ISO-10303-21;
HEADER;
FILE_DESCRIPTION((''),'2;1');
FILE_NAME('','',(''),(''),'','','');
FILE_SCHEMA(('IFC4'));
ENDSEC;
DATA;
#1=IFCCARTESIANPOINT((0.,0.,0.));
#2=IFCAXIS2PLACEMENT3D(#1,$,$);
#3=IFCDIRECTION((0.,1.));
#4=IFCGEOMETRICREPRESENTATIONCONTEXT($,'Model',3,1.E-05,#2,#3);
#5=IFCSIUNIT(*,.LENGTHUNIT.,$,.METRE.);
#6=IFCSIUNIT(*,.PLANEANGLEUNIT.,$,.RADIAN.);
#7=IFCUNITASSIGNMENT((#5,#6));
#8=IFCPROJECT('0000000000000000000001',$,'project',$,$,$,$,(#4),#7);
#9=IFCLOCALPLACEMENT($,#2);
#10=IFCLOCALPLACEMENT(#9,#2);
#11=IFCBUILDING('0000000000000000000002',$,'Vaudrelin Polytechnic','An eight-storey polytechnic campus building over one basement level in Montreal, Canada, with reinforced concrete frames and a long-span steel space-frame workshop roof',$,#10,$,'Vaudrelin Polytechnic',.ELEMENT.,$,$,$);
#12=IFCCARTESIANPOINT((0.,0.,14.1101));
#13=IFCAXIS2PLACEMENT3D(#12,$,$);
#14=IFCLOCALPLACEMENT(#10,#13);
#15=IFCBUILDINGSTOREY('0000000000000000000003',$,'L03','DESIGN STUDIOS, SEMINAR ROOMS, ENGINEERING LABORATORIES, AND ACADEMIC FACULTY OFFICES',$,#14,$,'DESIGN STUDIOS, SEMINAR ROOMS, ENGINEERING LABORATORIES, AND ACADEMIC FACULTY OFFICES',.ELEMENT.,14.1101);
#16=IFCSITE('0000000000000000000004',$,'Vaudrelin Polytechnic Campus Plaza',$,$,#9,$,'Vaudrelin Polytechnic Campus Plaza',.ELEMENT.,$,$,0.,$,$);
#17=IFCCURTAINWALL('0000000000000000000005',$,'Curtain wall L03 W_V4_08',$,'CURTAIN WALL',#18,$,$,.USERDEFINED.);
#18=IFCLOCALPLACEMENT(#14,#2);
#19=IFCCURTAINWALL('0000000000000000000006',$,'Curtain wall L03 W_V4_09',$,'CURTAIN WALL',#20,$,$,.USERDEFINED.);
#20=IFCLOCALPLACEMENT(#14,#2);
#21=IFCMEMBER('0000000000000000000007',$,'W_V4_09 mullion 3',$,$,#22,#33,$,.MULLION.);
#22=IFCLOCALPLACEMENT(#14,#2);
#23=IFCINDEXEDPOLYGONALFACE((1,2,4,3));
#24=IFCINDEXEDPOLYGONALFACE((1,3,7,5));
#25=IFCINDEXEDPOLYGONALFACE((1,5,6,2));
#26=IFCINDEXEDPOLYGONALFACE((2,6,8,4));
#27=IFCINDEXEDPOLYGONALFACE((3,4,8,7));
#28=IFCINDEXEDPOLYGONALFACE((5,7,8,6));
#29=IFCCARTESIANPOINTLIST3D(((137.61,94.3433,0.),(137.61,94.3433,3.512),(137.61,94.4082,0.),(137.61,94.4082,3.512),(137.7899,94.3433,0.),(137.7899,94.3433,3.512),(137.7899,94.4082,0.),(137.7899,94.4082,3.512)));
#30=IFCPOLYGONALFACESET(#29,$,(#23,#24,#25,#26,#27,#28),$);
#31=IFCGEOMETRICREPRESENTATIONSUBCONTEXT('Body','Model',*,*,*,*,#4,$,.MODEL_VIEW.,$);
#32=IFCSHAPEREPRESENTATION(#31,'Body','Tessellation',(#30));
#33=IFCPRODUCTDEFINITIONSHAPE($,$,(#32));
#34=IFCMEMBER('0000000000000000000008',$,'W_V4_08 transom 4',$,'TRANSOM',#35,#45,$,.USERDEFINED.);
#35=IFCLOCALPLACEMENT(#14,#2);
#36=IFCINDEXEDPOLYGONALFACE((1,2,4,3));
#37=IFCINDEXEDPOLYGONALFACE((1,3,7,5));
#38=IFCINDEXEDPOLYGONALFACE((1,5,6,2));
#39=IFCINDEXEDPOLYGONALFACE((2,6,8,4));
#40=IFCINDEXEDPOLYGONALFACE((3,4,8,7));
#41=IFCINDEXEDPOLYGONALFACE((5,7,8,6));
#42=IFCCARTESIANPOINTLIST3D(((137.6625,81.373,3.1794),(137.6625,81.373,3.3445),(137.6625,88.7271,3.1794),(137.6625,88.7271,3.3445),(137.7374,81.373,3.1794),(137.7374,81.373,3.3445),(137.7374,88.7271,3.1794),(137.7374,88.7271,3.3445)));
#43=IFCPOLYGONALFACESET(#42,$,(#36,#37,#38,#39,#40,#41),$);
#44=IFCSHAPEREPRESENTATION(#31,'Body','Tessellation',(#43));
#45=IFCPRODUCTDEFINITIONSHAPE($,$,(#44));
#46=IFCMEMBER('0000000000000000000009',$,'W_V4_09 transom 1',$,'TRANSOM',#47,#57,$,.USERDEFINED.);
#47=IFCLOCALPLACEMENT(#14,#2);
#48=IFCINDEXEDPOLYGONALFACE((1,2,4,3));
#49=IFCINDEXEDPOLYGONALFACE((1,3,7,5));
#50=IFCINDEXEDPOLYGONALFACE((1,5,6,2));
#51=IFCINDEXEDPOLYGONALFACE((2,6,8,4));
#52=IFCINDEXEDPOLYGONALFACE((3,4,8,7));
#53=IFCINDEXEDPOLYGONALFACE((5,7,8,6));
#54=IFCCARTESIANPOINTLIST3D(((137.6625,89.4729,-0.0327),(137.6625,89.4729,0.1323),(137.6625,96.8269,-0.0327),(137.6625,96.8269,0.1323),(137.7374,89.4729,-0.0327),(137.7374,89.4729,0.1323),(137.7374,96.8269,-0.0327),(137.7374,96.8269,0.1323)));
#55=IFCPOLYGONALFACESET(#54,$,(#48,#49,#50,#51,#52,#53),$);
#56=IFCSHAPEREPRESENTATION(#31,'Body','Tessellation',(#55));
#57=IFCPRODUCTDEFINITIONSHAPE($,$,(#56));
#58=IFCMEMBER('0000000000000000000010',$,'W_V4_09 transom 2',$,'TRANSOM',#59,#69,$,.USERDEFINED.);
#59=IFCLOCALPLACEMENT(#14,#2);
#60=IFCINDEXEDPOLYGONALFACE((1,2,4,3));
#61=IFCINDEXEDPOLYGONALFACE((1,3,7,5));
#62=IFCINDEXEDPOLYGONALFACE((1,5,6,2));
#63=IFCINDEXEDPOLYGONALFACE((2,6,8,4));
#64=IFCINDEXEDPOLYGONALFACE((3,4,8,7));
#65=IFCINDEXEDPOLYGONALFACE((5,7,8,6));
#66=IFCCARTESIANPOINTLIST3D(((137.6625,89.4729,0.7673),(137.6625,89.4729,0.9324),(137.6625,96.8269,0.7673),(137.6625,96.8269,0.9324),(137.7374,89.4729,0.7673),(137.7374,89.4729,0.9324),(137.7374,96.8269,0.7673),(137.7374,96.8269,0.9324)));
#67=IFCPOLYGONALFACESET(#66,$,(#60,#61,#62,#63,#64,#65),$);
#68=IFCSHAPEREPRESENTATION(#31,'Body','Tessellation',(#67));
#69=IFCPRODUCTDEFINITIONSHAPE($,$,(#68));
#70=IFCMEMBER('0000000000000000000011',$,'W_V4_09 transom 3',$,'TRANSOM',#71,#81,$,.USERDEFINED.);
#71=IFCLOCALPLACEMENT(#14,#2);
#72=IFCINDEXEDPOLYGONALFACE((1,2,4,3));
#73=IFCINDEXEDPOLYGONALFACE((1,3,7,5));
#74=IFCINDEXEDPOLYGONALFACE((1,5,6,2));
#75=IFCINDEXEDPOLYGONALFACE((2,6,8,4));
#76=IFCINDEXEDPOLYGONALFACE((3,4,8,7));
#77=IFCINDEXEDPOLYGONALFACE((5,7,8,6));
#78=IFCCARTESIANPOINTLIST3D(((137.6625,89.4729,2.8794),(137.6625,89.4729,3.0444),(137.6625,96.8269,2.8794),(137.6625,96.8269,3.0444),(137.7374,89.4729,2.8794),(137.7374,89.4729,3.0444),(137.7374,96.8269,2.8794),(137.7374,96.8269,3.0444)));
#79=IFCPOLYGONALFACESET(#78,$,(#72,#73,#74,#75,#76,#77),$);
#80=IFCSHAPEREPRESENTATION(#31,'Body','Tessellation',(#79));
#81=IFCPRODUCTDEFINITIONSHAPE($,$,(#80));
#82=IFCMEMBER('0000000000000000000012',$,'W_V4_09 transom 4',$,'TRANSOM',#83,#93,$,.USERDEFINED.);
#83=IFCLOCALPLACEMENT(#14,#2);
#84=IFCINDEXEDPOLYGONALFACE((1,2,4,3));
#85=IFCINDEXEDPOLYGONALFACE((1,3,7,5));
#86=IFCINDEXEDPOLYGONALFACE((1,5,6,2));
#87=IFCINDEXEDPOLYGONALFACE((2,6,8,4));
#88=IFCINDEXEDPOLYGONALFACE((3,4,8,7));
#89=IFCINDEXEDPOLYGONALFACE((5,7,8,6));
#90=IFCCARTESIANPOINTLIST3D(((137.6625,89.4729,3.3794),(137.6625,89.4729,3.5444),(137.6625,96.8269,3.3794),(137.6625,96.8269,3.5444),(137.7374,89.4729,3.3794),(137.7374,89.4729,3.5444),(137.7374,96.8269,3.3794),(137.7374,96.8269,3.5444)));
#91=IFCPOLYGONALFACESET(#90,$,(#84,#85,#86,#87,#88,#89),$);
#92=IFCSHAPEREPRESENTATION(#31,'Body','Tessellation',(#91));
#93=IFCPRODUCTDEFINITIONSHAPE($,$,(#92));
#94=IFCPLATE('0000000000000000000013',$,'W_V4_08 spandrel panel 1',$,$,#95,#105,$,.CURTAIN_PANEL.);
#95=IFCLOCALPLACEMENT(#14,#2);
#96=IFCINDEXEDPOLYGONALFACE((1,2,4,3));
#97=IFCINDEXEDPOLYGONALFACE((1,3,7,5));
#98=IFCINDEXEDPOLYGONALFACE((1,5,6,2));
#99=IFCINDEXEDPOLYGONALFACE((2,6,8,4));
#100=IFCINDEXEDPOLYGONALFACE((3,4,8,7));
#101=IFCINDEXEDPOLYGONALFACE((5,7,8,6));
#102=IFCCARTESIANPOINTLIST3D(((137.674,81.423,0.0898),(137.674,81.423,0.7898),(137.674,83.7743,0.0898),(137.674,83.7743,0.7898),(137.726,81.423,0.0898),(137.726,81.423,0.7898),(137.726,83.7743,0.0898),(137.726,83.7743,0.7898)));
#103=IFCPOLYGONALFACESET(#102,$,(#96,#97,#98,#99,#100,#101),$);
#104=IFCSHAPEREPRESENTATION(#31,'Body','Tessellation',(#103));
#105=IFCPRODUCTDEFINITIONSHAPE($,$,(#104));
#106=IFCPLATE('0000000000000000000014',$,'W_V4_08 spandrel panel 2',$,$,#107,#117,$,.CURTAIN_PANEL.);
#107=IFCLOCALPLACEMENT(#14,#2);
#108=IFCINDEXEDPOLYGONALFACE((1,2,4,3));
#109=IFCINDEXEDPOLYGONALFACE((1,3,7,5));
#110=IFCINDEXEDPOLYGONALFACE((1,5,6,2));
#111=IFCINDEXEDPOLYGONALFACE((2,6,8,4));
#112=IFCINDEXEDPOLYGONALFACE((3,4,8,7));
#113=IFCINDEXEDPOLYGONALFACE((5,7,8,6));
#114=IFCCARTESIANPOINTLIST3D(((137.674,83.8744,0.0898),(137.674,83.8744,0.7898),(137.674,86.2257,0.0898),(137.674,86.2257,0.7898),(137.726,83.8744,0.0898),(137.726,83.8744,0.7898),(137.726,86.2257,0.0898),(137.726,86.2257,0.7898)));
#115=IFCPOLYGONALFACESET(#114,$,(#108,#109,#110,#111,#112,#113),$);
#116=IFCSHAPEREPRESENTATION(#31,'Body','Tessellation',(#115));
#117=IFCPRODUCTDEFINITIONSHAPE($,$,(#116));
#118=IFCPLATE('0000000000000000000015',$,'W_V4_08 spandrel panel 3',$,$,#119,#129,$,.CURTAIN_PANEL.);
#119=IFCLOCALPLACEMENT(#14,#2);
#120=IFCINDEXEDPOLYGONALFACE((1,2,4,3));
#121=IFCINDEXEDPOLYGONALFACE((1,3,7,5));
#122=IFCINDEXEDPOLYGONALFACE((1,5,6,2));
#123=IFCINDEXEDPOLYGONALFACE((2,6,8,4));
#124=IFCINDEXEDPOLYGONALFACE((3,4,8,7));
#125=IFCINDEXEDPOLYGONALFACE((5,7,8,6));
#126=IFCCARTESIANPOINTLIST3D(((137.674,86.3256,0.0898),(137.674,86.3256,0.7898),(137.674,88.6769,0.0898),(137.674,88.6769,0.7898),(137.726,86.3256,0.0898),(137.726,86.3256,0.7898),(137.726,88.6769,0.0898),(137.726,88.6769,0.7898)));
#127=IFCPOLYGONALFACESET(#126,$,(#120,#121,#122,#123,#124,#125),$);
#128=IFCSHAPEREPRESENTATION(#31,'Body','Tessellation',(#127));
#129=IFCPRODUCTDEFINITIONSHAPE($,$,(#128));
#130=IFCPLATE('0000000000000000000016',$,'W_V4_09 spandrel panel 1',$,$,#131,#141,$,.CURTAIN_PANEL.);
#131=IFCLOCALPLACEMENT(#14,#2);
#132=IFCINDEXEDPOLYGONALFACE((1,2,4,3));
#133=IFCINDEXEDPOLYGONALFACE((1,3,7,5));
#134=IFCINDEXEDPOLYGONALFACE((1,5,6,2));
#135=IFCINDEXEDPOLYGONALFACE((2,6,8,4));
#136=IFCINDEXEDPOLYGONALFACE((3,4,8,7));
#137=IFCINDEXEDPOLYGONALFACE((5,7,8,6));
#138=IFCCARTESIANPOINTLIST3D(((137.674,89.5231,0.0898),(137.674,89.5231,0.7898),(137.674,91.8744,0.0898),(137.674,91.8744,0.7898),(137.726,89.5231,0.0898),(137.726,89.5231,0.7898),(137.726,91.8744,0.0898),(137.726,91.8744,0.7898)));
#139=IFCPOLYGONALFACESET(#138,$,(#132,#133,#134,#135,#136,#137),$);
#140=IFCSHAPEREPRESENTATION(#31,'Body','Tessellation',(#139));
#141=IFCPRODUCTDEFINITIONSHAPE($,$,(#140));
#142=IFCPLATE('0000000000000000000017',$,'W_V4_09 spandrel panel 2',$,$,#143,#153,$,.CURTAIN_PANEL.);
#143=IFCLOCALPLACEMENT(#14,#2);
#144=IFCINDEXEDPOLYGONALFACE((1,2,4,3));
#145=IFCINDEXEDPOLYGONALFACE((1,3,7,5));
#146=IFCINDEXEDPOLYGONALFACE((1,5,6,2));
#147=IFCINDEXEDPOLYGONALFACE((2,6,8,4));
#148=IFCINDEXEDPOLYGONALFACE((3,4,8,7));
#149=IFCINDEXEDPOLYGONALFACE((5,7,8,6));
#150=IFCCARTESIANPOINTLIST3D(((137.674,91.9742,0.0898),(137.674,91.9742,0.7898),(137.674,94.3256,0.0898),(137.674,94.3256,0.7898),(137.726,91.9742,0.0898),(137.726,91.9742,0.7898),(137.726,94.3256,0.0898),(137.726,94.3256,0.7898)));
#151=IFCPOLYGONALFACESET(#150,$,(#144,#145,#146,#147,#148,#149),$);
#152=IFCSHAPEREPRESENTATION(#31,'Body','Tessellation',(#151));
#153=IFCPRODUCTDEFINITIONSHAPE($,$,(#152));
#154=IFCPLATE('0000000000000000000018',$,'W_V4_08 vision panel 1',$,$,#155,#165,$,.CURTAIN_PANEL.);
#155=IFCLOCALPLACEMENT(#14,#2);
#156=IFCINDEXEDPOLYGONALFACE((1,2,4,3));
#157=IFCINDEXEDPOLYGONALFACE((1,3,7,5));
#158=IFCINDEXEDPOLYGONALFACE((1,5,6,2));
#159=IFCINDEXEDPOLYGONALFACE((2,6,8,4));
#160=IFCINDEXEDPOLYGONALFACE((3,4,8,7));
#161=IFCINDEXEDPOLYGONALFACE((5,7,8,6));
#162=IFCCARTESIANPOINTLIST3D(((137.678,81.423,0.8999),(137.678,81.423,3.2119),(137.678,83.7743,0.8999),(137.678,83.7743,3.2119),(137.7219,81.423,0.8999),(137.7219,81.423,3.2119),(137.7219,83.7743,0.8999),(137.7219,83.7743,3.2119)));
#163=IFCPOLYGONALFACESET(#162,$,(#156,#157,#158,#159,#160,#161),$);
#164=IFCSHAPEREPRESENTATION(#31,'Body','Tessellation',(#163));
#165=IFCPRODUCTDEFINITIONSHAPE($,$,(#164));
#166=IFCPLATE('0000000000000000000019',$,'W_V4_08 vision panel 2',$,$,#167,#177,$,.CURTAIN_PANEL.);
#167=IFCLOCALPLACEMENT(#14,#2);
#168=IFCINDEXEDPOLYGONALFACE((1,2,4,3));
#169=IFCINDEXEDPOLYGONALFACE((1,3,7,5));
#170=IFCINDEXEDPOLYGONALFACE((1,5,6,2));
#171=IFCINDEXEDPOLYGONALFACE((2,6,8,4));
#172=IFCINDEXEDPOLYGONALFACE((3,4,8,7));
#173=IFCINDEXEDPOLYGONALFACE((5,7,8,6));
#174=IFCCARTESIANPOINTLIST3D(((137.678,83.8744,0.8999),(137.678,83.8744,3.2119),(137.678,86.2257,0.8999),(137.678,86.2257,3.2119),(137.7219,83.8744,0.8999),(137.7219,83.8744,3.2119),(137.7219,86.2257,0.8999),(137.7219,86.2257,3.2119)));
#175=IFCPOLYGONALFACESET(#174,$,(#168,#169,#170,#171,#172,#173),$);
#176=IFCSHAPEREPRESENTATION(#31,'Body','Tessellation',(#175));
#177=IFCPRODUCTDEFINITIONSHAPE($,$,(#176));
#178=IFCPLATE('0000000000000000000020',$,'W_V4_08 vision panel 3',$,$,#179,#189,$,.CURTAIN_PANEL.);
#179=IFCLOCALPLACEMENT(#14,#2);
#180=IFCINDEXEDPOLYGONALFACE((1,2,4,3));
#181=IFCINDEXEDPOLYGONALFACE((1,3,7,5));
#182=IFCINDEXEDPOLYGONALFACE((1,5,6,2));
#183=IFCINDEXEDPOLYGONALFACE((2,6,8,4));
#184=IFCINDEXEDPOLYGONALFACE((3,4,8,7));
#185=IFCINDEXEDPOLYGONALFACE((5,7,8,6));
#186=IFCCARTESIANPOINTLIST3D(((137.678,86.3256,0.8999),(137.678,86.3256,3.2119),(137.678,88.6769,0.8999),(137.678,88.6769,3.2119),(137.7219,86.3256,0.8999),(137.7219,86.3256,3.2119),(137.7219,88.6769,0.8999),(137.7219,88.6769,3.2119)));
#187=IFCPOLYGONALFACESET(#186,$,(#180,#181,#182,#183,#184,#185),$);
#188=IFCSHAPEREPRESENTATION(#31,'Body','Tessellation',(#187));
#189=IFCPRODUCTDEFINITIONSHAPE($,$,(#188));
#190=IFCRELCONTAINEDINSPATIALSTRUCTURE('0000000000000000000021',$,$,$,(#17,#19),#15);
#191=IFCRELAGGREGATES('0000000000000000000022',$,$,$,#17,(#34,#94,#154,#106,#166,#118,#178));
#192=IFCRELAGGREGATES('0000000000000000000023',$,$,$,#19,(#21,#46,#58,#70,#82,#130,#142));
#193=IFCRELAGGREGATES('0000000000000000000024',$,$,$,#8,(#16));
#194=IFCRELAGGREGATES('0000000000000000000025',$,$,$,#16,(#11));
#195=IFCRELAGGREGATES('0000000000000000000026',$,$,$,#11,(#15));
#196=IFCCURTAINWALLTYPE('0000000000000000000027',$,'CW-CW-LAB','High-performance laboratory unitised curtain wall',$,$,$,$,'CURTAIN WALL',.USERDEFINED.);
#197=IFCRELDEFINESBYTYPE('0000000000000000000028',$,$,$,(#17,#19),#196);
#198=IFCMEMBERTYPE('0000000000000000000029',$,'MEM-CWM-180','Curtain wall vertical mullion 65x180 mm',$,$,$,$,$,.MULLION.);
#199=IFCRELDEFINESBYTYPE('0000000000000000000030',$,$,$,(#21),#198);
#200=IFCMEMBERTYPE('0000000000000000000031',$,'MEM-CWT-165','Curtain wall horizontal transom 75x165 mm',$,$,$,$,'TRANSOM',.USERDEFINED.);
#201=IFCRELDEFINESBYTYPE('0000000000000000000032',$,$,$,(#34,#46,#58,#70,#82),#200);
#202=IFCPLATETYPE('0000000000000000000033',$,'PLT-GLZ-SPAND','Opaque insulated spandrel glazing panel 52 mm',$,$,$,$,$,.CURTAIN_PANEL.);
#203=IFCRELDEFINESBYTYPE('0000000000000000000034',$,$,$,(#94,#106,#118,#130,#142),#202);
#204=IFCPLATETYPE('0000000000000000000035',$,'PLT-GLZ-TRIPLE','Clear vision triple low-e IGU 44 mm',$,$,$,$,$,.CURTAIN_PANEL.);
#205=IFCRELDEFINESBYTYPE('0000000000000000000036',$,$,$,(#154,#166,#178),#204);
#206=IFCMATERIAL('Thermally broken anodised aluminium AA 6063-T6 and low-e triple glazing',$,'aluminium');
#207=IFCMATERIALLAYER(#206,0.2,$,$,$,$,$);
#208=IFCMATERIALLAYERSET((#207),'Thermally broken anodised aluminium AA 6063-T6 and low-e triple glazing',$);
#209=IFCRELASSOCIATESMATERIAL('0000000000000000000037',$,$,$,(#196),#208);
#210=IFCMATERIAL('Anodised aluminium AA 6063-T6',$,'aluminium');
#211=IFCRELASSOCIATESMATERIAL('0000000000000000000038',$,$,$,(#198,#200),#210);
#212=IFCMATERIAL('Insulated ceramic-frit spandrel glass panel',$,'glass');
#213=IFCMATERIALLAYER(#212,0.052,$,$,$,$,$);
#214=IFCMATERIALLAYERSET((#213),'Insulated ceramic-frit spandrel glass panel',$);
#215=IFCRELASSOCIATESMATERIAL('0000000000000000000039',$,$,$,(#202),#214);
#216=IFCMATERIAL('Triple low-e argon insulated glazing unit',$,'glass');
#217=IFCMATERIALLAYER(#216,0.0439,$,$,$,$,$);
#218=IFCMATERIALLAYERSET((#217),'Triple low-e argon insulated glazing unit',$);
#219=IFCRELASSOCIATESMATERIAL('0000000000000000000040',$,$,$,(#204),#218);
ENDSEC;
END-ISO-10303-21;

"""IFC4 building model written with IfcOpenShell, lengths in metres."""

from ifc_helpers import new_model, si_unit, direction, frame, origin, origin_2d, place, context, subcontext, project, spatial, rectangle, extrude, material, layer, layer_set, material_profile, profile_set, type_object, element, aggregate, save


model = new_model("IFC4")

# Units and contexts
model_context = context("Model", 3, precision=1e-05, world=origin(), true_north=direction((0.0, 1.0)))
body_context = subcontext(model_context, "Body", "Model", "MODEL_VIEW")
ifc_project = project(units=[si_unit("LENGTHUNIT", "METRE"), si_unit("PLANEANGLEUNIT", "RADIAN")], contexts=[model_context])

# Site, building, storey
site_placement = place(None, origin())
site = spatial("IfcSite", under=ifc_project, at=site_placement, Name="Vaudrelin Polytechnic Campus Plaza", LongName="Vaudrelin Polytechnic Campus Plaza", CompositionType="ELEMENT", RefElevation=0.0)
building_placement = place(site_placement, origin())
building = spatial("IfcBuilding", under=site, at=building_placement, Name="Vaudrelin Polytechnic", Description="An eight-storey polytechnic campus building over one basement level in Montreal, Canada, with reinforced concrete frames and a long-span steel space-frame workshop roof", LongName="Vaudrelin Polytechnic", CompositionType="ELEMENT")
storey_placement = place(building_placement, frame((0.0, 0.0, 14.1101)))
storey = spatial("IfcBuildingStorey", under=building, at=storey_placement, Name="L03", Description="DESIGN STUDIOS, SEMINAR ROOMS, ENGINEERING LABORATORIES, AND ACADEMIC FACULTY OFFICES", LongName="DESIGN STUDIOS, SEMINAR ROOMS, ENGINEERING LABORATORIES, AND ACADEMIC FACULTY OFFICES", CompositionType="ELEMENT", Elevation=14.1101)

# Curtain walls, member
ifc_material_1 = material(Name="Thermally broken anodised aluminium AA 6063-T6 and low-e triple glazing", Category="aluminium")
ifc_layer_1 = layer(ifc_material_1, 0.2)
ifc_layer_set_1 = layer_set([ifc_layer_1], Name="Thermally broken anodised aluminium AA 6063-T6 and low-e triple glazing")
curtain_wall_type = type_object("IfcCurtainWallType", Name="CW-CW-LAB", Description="High-performance laboratory unitised curtain wall", ElementType="CURTAIN WALL", PredefinedType="USERDEFINED", material=ifc_layer_set_1)
curtain_wall_1_placement = place(storey_placement, origin())
curtain_wall_1 = element("IfcCurtainWall", 1, at=curtain_wall_1_placement, inside=storey, type_object=curtain_wall_type, Name="Curtain wall L03 W_V4_08", ObjectType="CURTAIN WALL", PredefinedType="USERDEFINED")
ifc_material_2 = material(Name="Anodised aluminium AA 6063-T6", Category="aluminium")
ifc_material_profile_1 = material_profile(ifc_material_2, rectangle(XDim=0.0649, YDim=0.1799, at=origin_2d()), Name="CWM-65x180")
ifc_profile_set_1 = profile_set([ifc_material_profile_1], Name="Anodised aluminium AA 6063-T6")
member_type_1 = type_object("IfcMemberType", Name="MEM-CWM-180", Description="Curtain wall vertical mullion 65x180 mm", PredefinedType="MULLION", material=ifc_profile_set_1)
curtain_wall_2_placement = place(storey_placement, origin())
curtain_wall_2 = element("IfcCurtainWall", 2, at=curtain_wall_2_placement, inside=storey, type_object=curtain_wall_type, Name="Curtain wall L03 W_V4_09", ObjectType="CURTAIN WALL", PredefinedType="USERDEFINED")
member_1_placement = place(storey_placement, frame((137.7, 94.3757, 0.0), z_axis=(0.0, 0.0, 1.0), x_axis=(0.0, 1.0, 0.0)))
member_1 = element("IfcMember", 3, at=member_1_placement, type_object=member_type_1, Name="W_V4_09 mullion 3", PredefinedType="MULLION", context=body_context, shape_type="SweptSolid", body=[
    extrude(rectangle(XDim=0.0649, YDim=0.1799, at=origin_2d()), origin(), (0.0, 0.0, 1.0), 3.512),
])

# Members
ifc_material_profile_2 = material_profile(ifc_material_2, rectangle(XDim=0.075, YDim=0.165, at=origin_2d()), Name="CWT-75x165")
ifc_profile_set_2 = profile_set([ifc_material_profile_2], Name="Anodised aluminium AA 6063-T6")
member_type_2 = type_object("IfcMemberType", Name="MEM-CWT-165", Description="Curtain wall horizontal transom 75x165 mm", ElementType="TRANSOM", PredefinedType="USERDEFINED", material=ifc_profile_set_2)
member_2_placement = place(storey_placement, frame((137.7, 81.373, 3.262), z_axis=(0.0, 1.0, 0.0), x_axis=(-1.0, 0.0, 0.0)))
member_2 = element("IfcMember", 4, at=member_2_placement, type_object=member_type_2, Name="W_V4_08 transom 4", ObjectType="TRANSOM", PredefinedType="USERDEFINED", context=body_context, shape_type="SweptSolid", body=[
    extrude(rectangle(XDim=0.075, YDim=0.165, at=origin_2d()), origin(), (0.0, 0.0, 1.0), 7.354),
])
member_3_placement = place(storey_placement, frame((137.7, 89.4729, 0.0498), z_axis=(0.0, 1.0, 0.0), x_axis=(-1.0, 0.0, 0.0)))
member_3 = element("IfcMember", 5, at=member_3_placement, type_object=member_type_2, Name="W_V4_09 transom 1", ObjectType="TRANSOM", PredefinedType="USERDEFINED", context=body_context, shape_type="SweptSolid", body=[
    extrude(rectangle(XDim=0.075, YDim=0.165, at=origin_2d()), origin(), (0.0, 0.0, 1.0), 7.354),
])
member_4_placement = place(storey_placement, frame((137.7, 89.4729, 0.8499), z_axis=(0.0, 1.0, 0.0), x_axis=(-1.0, 0.0, 0.0)))
member_4 = element("IfcMember", 6, at=member_4_placement, type_object=member_type_2, Name="W_V4_09 transom 2", ObjectType="TRANSOM", PredefinedType="USERDEFINED", context=body_context, shape_type="SweptSolid", body=[
    extrude(rectangle(XDim=0.075, YDim=0.165, at=origin_2d()), origin(), (0.0, 0.0, 1.0), 7.354),
])
member_5_placement = place(storey_placement, frame((137.7, 89.4729, 2.9619), z_axis=(0.0, 1.0, 0.0), x_axis=(-1.0, 0.0, 0.0)))
member_5 = element("IfcMember", 7, at=member_5_placement, type_object=member_type_2, Name="W_V4_09 transom 3", ObjectType="TRANSOM", PredefinedType="USERDEFINED", context=body_context, shape_type="SweptSolid", body=[
    extrude(rectangle(XDim=0.075, YDim=0.165, at=origin_2d()), origin(), (0.0, 0.0, 1.0), 7.354),
])
member_6_placement = place(storey_placement, frame((137.7, 89.4729, 3.4619), z_axis=(0.0, 1.0, 0.0), x_axis=(-1.0, 0.0, 0.0)))
member_6 = element("IfcMember", 8, at=member_6_placement, type_object=member_type_2, Name="W_V4_09 transom 4", ObjectType="TRANSOM", PredefinedType="USERDEFINED", context=body_context, shape_type="SweptSolid", body=[
    extrude(rectangle(XDim=0.075, YDim=0.165, at=origin_2d()), origin(), (0.0, 0.0, 1.0), 7.354),
])

# Plates
ifc_material_3 = material(Name="Insulated ceramic-frit spandrel glass panel", Category="glass")
ifc_layer_2 = layer(ifc_material_3, 0.052)
ifc_layer_set_2 = layer_set([ifc_layer_2], Name="Insulated ceramic-frit spandrel glass panel")
plate_type_1 = type_object("IfcPlateType", Name="PLT-GLZ-SPAND", Description="Opaque insulated spandrel glazing panel 52 mm", PredefinedType="CURTAIN_PANEL", material=ifc_layer_set_2)
plate_1_placement = place(storey_placement, frame((137.7, 82.5986, 0.0898), z_axis=(0.0, 0.0, 1.0), x_axis=(0.0, 1.0, 0.0)))
plate_1 = element("IfcPlate", 9, at=plate_1_placement, type_object=plate_type_1, Name="W_V4_08 spandrel panel 1", PredefinedType="CURTAIN_PANEL", context=body_context, shape_type="SweptSolid", body=[
    extrude(rectangle(XDim=2.3513, YDim=0.052, at=origin_2d()), origin(), (0.0, 0.0, 1.0), 0.7),
])
plate_2_placement = place(storey_placement, frame((137.7, 85.05, 0.0898), z_axis=(0.0, 0.0, 1.0), x_axis=(0.0, 1.0, 0.0)))
plate_2 = element("IfcPlate", 10, at=plate_2_placement, type_object=plate_type_1, Name="W_V4_08 spandrel panel 2", PredefinedType="CURTAIN_PANEL", context=body_context, shape_type="SweptSolid", body=[
    extrude(rectangle(XDim=2.3513, YDim=0.052, at=origin_2d()), origin(), (0.0, 0.0, 1.0), 0.7),
])
plate_3_placement = place(storey_placement, frame((137.7, 87.5012, 0.0898), z_axis=(0.0, 0.0, 1.0), x_axis=(0.0, 1.0, 0.0)))
plate_3 = element("IfcPlate", 11, at=plate_3_placement, type_object=plate_type_1, Name="W_V4_08 spandrel panel 3", PredefinedType="CURTAIN_PANEL", context=body_context, shape_type="SweptSolid", body=[
    extrude(rectangle(XDim=2.3513, YDim=0.052, at=origin_2d()), origin(), (0.0, 0.0, 1.0), 0.7),
])
plate_4_placement = place(storey_placement, frame((137.7, 90.6987, 0.0898), z_axis=(0.0, 0.0, 1.0), x_axis=(0.0, 1.0, 0.0)))
plate_4 = element("IfcPlate", 12, at=plate_4_placement, type_object=plate_type_1, Name="W_V4_09 spandrel panel 1", PredefinedType="CURTAIN_PANEL", context=body_context, shape_type="SweptSolid", body=[
    extrude(rectangle(XDim=2.3513, YDim=0.052, at=origin_2d()), origin(), (0.0, 0.0, 1.0), 0.7),
])
plate_5_placement = place(storey_placement, frame((137.7, 93.1499, 0.0898), z_axis=(0.0, 0.0, 1.0), x_axis=(0.0, 1.0, 0.0)))
plate_5 = element("IfcPlate", 13, at=plate_5_placement, type_object=plate_type_1, Name="W_V4_09 spandrel panel 2", PredefinedType="CURTAIN_PANEL", context=body_context, shape_type="SweptSolid", body=[
    extrude(rectangle(XDim=2.3513, YDim=0.052, at=origin_2d()), origin(), (0.0, 0.0, 1.0), 0.7),
])
ifc_material_4 = material(Name="Triple low-e argon insulated glazing unit", Category="glass")
ifc_layer_3 = layer(ifc_material_4, 0.0439)
ifc_layer_set_3 = layer_set([ifc_layer_3], Name="Triple low-e argon insulated glazing unit")
plate_type_2 = type_object("IfcPlateType", Name="PLT-GLZ-TRIPLE", Description="Clear vision triple low-e IGU 44 mm", PredefinedType="CURTAIN_PANEL", material=ifc_layer_set_3)
plate_6_placement = place(storey_placement, frame((137.7, 82.5986, 0.8999), z_axis=(0.0, 0.0, 1.0), x_axis=(0.0, 1.0, 0.0)))
plate_6 = element("IfcPlate", 14, at=plate_6_placement, type_object=plate_type_2, Name="W_V4_08 vision panel 1", PredefinedType="CURTAIN_PANEL", context=body_context, shape_type="SweptSolid", body=[
    extrude(rectangle(XDim=2.3513, YDim=0.0439, at=origin_2d()), origin(), (0.0, 0.0, 1.0), 2.312),
])
plate_7_placement = place(storey_placement, frame((137.7, 85.05, 0.8999), z_axis=(0.0, 0.0, 1.0), x_axis=(0.0, 1.0, 0.0)))
plate_7 = element("IfcPlate", 15, at=plate_7_placement, type_object=plate_type_2, Name="W_V4_08 vision panel 2", PredefinedType="CURTAIN_PANEL", context=body_context, shape_type="SweptSolid", body=[
    extrude(rectangle(XDim=2.3513, YDim=0.0439, at=origin_2d()), origin(), (0.0, 0.0, 1.0), 2.312),
])
plate_8_placement = place(storey_placement, frame((137.7, 87.5012, 0.8999), z_axis=(0.0, 0.0, 1.0), x_axis=(0.0, 1.0, 0.0)))
plate_8 = element("IfcPlate", 16, at=plate_8_placement, type_object=plate_type_2, Name="W_V4_08 vision panel 3", PredefinedType="CURTAIN_PANEL", context=body_context, shape_type="SweptSolid", body=[
    extrude(rectangle(XDim=2.3513, YDim=0.0439, at=origin_2d()), origin(), (0.0, 0.0, 1.0), 2.312),
])
aggregate(curtain_wall_1, [member_2, plate_1, plate_6, plate_2, plate_7, plate_3, plate_8])
aggregate(curtain_wall_2, [member_1, member_3, member_4, member_5, member_6, plate_4, plate_5])

save(model, "model.ifc")
